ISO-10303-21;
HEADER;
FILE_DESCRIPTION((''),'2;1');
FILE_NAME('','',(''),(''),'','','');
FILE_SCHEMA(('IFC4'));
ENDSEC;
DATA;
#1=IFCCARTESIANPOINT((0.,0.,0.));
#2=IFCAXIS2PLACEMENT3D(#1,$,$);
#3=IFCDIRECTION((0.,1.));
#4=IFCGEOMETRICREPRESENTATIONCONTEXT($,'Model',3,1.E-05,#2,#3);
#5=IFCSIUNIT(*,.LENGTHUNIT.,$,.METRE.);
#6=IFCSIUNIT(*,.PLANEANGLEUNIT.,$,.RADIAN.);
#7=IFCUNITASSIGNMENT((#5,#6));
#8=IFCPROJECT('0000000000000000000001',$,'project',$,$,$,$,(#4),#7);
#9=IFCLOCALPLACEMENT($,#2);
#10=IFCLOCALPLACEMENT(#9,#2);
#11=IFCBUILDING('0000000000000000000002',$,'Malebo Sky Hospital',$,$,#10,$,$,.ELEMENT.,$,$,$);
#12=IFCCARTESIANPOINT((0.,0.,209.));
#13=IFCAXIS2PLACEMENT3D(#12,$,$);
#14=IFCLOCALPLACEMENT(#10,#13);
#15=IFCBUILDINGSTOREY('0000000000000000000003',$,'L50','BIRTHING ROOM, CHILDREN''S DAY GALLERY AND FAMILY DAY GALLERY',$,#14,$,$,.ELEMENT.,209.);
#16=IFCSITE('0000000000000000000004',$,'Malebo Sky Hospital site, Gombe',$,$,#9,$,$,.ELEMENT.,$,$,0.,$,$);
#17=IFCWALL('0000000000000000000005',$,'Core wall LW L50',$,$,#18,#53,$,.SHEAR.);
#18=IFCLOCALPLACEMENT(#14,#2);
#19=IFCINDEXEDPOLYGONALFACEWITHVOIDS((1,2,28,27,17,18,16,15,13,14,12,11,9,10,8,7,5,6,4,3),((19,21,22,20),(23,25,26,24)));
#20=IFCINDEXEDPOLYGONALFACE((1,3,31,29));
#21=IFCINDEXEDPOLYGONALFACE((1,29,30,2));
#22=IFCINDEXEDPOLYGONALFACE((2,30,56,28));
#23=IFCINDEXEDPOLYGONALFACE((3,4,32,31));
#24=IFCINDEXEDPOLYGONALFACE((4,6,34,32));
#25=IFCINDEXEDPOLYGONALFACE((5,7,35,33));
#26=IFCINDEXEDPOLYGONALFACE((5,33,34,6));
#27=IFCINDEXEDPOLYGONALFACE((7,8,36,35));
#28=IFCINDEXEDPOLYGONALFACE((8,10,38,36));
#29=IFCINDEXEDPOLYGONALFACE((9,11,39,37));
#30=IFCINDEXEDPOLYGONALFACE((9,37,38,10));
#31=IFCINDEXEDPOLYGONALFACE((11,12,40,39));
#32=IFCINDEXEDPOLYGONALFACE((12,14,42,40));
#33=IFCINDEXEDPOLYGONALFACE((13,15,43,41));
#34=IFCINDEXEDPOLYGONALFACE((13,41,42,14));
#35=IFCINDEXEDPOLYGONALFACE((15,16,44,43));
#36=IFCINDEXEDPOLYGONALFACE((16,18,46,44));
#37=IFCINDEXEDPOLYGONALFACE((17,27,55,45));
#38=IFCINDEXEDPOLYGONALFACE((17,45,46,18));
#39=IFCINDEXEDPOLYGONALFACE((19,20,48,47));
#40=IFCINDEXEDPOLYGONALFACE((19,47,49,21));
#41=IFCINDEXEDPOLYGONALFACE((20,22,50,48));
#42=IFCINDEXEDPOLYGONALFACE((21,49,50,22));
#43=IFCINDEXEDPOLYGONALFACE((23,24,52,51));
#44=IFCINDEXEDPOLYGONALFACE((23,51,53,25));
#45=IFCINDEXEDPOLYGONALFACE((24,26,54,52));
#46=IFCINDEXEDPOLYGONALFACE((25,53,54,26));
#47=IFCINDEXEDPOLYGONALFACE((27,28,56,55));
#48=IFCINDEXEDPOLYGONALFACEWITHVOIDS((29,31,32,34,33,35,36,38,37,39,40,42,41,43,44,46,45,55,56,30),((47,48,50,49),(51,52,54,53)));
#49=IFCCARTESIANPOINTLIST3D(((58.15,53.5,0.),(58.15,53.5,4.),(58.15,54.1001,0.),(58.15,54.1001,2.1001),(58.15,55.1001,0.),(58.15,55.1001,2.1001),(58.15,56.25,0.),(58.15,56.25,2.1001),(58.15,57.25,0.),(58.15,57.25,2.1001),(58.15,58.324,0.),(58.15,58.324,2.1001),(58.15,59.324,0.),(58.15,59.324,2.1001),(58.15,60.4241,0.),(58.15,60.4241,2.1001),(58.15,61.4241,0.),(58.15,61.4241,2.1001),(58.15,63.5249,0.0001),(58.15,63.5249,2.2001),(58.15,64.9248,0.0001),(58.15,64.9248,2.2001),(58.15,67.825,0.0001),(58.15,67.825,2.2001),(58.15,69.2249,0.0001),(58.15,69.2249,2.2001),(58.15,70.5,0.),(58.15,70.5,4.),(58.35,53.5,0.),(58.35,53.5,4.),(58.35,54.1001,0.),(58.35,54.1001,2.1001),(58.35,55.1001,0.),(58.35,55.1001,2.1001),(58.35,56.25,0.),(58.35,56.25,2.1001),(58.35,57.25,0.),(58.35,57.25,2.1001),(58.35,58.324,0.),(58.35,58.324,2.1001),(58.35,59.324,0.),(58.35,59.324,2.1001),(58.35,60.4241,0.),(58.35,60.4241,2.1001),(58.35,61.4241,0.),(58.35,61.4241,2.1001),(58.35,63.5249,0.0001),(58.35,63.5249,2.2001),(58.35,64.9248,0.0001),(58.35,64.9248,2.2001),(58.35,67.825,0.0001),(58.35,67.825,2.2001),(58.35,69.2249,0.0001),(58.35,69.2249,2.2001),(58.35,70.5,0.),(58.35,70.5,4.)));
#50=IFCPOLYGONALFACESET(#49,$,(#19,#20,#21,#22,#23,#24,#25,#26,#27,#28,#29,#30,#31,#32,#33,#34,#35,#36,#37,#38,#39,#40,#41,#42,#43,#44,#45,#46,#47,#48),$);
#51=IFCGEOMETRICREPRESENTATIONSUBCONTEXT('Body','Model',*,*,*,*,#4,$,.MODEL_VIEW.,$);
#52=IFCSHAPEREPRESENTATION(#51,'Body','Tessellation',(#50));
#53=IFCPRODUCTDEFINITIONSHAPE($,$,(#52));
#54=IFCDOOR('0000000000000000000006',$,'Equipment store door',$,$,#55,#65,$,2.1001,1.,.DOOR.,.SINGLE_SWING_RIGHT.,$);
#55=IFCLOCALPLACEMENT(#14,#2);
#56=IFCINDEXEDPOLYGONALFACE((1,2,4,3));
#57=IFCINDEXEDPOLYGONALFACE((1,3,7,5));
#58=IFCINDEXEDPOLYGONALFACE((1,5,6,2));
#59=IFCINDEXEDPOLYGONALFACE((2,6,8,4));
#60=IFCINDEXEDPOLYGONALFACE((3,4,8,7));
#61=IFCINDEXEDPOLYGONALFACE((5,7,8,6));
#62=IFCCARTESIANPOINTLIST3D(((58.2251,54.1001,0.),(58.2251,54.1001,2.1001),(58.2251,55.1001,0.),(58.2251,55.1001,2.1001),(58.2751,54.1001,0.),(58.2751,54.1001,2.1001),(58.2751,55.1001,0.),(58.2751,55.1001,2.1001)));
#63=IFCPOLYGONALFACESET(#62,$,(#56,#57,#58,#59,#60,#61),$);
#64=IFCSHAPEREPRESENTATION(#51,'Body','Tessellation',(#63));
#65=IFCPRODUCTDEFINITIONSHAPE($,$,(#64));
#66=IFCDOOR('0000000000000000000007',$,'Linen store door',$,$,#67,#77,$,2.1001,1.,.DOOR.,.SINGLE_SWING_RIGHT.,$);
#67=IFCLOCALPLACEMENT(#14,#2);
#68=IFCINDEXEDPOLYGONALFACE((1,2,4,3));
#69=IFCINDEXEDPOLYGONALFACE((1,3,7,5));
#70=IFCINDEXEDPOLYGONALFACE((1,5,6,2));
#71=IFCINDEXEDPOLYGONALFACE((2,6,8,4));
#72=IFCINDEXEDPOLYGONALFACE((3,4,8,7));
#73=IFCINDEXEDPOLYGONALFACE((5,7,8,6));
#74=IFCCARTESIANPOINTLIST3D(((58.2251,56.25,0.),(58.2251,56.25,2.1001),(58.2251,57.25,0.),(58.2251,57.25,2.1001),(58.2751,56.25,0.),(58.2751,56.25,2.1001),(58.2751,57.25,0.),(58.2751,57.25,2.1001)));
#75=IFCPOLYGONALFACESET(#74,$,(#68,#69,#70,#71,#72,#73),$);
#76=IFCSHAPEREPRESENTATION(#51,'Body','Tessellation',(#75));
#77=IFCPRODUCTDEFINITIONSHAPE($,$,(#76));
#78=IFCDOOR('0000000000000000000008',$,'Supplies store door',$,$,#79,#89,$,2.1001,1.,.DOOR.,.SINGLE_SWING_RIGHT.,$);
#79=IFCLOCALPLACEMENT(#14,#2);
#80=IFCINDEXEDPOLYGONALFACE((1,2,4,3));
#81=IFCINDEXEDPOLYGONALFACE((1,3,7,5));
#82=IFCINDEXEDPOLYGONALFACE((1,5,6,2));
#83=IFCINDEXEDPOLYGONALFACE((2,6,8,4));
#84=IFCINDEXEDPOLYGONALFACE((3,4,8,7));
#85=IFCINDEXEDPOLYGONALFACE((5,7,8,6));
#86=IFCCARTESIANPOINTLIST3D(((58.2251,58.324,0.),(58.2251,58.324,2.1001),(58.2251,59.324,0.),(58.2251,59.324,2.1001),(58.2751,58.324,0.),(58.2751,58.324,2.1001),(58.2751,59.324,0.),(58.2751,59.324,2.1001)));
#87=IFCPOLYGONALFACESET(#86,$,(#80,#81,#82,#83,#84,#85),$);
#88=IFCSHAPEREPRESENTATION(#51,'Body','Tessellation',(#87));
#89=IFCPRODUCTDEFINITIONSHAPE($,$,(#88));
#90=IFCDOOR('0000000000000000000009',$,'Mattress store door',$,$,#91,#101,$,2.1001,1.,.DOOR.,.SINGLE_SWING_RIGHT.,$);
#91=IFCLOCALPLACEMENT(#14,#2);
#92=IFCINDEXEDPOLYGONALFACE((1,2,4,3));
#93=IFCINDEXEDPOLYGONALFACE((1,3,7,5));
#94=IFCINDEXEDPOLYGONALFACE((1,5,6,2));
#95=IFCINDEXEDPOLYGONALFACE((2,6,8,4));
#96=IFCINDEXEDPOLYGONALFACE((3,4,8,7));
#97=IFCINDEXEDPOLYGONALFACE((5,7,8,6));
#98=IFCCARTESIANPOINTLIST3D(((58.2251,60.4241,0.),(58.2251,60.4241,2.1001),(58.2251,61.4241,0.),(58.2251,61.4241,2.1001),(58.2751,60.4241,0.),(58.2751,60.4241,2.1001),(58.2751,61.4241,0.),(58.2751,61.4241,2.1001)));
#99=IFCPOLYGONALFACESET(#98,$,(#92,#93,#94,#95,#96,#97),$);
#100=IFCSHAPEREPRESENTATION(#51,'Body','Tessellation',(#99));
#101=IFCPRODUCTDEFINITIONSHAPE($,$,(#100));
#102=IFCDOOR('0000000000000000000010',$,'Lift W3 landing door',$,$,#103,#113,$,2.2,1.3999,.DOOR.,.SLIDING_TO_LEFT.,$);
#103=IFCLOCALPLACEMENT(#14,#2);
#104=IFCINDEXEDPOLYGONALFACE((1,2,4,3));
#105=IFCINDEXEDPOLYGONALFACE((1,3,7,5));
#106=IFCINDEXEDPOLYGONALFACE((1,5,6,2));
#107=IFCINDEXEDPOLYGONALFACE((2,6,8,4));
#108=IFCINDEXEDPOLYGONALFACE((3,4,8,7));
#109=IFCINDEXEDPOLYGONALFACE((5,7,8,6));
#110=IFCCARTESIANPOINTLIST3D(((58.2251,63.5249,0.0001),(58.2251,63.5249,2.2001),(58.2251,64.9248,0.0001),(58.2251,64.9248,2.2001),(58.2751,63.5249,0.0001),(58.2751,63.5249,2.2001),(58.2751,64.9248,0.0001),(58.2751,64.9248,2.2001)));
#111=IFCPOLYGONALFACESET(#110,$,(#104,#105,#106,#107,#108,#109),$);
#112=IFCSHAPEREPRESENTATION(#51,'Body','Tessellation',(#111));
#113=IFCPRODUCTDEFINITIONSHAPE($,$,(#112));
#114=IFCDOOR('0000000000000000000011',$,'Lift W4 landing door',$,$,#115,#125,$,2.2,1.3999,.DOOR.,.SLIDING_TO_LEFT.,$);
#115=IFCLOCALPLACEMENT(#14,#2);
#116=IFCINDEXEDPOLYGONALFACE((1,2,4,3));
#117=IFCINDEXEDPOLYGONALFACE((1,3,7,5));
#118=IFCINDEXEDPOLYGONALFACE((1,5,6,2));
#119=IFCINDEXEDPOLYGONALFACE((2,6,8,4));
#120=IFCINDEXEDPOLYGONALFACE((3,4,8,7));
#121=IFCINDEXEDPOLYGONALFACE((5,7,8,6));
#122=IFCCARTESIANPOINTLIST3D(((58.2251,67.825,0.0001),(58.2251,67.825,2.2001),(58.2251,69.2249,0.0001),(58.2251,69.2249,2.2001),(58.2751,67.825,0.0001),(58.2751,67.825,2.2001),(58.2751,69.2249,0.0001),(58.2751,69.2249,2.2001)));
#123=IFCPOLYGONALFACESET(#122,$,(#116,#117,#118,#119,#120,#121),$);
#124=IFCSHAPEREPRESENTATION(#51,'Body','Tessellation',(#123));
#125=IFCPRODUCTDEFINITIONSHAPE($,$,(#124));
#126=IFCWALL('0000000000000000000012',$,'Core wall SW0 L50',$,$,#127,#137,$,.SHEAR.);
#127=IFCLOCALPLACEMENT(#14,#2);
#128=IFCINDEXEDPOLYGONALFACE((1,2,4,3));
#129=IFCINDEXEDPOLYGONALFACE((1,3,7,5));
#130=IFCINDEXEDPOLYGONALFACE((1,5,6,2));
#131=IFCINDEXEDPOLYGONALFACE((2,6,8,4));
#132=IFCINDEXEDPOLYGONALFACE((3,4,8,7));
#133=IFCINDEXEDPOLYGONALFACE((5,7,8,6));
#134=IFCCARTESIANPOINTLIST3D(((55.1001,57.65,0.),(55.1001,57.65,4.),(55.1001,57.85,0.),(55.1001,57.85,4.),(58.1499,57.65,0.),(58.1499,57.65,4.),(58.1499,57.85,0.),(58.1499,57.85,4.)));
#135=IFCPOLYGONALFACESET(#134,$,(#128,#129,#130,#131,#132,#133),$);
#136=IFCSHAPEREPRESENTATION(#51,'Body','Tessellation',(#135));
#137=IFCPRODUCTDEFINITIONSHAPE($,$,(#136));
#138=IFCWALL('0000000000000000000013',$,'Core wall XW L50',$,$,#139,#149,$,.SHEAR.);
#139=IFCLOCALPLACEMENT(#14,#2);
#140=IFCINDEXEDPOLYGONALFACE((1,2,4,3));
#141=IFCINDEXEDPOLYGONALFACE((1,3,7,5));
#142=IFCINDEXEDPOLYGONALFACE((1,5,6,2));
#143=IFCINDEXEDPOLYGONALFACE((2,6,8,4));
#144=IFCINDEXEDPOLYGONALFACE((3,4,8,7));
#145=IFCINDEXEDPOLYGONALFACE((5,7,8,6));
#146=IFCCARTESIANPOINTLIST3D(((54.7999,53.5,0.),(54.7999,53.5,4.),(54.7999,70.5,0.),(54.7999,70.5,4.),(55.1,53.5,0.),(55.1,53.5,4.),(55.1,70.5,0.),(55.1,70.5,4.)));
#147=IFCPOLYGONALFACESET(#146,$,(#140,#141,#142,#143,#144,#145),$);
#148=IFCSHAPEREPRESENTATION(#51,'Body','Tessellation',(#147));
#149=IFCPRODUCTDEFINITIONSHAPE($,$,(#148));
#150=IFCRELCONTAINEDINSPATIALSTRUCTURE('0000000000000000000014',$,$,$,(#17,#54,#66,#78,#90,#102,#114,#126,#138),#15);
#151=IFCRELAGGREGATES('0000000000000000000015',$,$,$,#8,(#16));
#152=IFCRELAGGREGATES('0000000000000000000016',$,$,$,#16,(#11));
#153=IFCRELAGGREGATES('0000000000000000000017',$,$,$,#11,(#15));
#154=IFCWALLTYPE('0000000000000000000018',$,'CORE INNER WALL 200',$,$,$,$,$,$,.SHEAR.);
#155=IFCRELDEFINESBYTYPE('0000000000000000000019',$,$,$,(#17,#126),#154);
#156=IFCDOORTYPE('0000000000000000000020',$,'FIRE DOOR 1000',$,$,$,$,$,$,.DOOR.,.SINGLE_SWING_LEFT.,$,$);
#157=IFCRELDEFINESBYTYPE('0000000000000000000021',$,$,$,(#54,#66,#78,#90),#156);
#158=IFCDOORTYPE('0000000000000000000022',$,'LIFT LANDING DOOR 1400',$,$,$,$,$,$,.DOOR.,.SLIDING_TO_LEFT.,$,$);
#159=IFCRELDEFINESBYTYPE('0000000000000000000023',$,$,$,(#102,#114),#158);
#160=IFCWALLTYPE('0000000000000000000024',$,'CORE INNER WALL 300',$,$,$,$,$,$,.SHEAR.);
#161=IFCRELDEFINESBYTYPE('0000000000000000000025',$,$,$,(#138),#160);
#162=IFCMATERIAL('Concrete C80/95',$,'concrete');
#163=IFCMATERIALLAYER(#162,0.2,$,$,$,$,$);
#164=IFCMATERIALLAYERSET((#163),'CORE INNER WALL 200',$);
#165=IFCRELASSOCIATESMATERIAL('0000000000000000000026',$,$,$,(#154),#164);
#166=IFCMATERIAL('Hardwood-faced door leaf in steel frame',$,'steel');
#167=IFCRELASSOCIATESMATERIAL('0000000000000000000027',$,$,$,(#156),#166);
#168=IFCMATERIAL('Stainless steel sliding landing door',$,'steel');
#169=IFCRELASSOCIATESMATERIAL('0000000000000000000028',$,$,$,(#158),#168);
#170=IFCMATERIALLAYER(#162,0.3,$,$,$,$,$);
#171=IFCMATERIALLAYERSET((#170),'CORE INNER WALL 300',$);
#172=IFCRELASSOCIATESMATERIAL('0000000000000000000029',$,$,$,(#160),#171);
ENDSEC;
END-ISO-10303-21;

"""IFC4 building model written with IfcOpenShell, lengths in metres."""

from ifc_helpers import new_model, si_unit, direction, frame, frame_2d, origin, place, context, subcontext, project, spatial, rectangle, extrude, material, layer, layer_set, type_object, element, fill, save


model = new_model("IFC4")

# Units and contexts
model_context = context("Model", 3, precision=1e-05, world=origin(), true_north=direction((0.0, 1.0)))
body_context = subcontext(model_context, "Body", "Model", "MODEL_VIEW")
ifc_project = project(units=[si_unit("LENGTHUNIT", "METRE"), si_unit("PLANEANGLEUNIT", "RADIAN")], contexts=[model_context])

# Site, building, storey
site_placement = place(None, origin())
site = spatial("IfcSite", under=ifc_project, at=site_placement, Name="Malebo Sky Hospital site, Gombe", CompositionType="ELEMENT", RefElevation=0.0)
building_placement = place(site_placement, origin())
building = spatial("IfcBuilding", under=site, at=building_placement, Name="Malebo Sky Hospital", CompositionType="ELEMENT")
storey_placement = place(building_placement, frame((0.0, 0.0, 209.0)))
storey = spatial("IfcBuildingStorey", under=building, at=storey_placement, Name="L50", Description="BIRTHING ROOM, CHILDREN'S DAY GALLERY AND FAMILY DAY GALLERY", CompositionType="ELEMENT", Elevation=209.0)

# Wall, openings, doors
ifc_material_1 = material(Name="Concrete C80/95", Category="concrete")
ifc_layer_1 = layer(ifc_material_1, 0.2)
ifc_layer_set_1 = layer_set([ifc_layer_1], Name="CORE INNER WALL 200")
wall_type_1 = type_object("IfcWallType", Name="CORE INNER WALL 200", PredefinedType="SHEAR", material=ifc_layer_set_1)
wall_1_placement = place(storey_placement, frame((58.25, 53.5, 0.0), z_axis=(0.0, 0.0, 1.0), x_axis=(0.0, 1.0, 0.0)))
wall_1 = element("IfcWall", 1, at=wall_1_placement, inside=storey, type_object=wall_type_1, Name="Core wall LW L50", PredefinedType="SHEAR", context=body_context, shape_type="SweptSolid", body=[
    extrude(rectangle(XDim=17.0, YDim=0.2, at=frame_2d((8.5, 0.0))), origin(), (0.0, 0.0, 1.0), 4.0),
])
opening_1_placement = place(wall_1_placement, frame((0.6001, 0.0, 0.0)))
opening_1 = element("IfcOpeningElement", 2, at=opening_1_placement, cuts=wall_1, PredefinedType="OPENING", context=body_context, shape_type="SweptSolid", body=[
    extrude(rectangle(XDim=1.0, YDim=2.1001, at=frame_2d((0.5, 1.05))), frame((0.0, 0.1099, 0.0), z_axis=(0.0, -1.0, 0.0), x_axis=(1.0, 0.0, 0.0)), (0.0, 0.0, 1.0), 0.22),
])
opening_2_placement = place(wall_1_placement, frame((2.75, 0.0, 0.0)))
opening_2 = element("IfcOpeningElement", 3, at=opening_2_placement, cuts=wall_1, PredefinedType="OPENING", context=body_context, shape_type="SweptSolid", body=[
    extrude(rectangle(XDim=1.0, YDim=2.1001, at=frame_2d((0.5, 1.05))), frame((0.0, 0.1099, 0.0), z_axis=(0.0, -1.0, 0.0), x_axis=(1.0, 0.0, 0.0)), (0.0, 0.0, 1.0), 0.22),
])
opening_3_placement = place(wall_1_placement, frame((4.824, 0.0, 0.0)))
opening_3 = element("IfcOpeningElement", 4, at=opening_3_placement, cuts=wall_1, PredefinedType="OPENING", context=body_context, shape_type="SweptSolid", body=[
    extrude(rectangle(XDim=1.0, YDim=2.1001, at=frame_2d((0.5, 1.05))), frame((0.0, 0.1099, 0.0), z_axis=(0.0, -1.0, 0.0), x_axis=(1.0, 0.0, 0.0)), (0.0, 0.0, 1.0), 0.22),
])
opening_4_placement = place(wall_1_placement, frame((6.9241, 0.0, 0.0)))
opening_4 = element("IfcOpeningElement", 5, at=opening_4_placement, cuts=wall_1, PredefinedType="OPENING", context=body_context, shape_type="SweptSolid", body=[
    extrude(rectangle(XDim=1.0, YDim=2.1001, at=frame_2d((0.5, 1.05))), frame((0.0, 0.1099, 0.0), z_axis=(0.0, -1.0, 0.0), x_axis=(1.0, 0.0, 0.0)), (0.0, 0.0, 1.0), 0.22),
])
opening_5_placement = place(wall_1_placement, frame((10.0249, 0.0, 0.0)))
opening_5 = element("IfcOpeningElement", 6, at=opening_5_placement, cuts=wall_1, PredefinedType="OPENING", context=body_context, shape_type="SweptSolid", body=[
    extrude(rectangle(XDim=1.3999, YDim=2.2, at=frame_2d((0.7, 1.1001))), frame((0.0, 0.1099, 0.0), z_axis=(0.0, -1.0, 0.0), x_axis=(1.0, 0.0, 0.0)), (0.0, 0.0, 1.0), 0.22),
])
opening_6_placement = place(wall_1_placement, frame((14.325, 0.0, 0.0)))
opening_6 = element("IfcOpeningElement", 7, at=opening_6_placement, cuts=wall_1, PredefinedType="OPENING", context=body_context, shape_type="SweptSolid", body=[
    extrude(rectangle(XDim=1.3999, YDim=2.2, at=frame_2d((0.7, 1.1001))), frame((0.0, 0.1099, 0.0), z_axis=(0.0, -1.0, 0.0), x_axis=(1.0, 0.0, 0.0)), (0.0, 0.0, 1.0), 0.22),
])
ifc_material_2 = material(Name="Hardwood-faced door leaf in steel frame", Category="steel")
door_type_1 = type_object("IfcDoorType", Name="FIRE DOOR 1000", OperationType="SINGLE_SWING_LEFT", PredefinedType="DOOR", material=ifc_material_2)
door_1_placement = place(opening_1_placement, origin())
door_1 = element("IfcDoor", 8, at=door_1_placement, inside=storey, type_object=door_type_1, Name="Equipment store door", OperationType="SINGLE_SWING_RIGHT", OverallHeight=2.1001, OverallWidth=1.0, PredefinedType="DOOR", context=body_context, shape_type="SweptSolid", body=[
    extrude(rectangle(XDim=1.0, YDim=2.1001, at=frame_2d((0.5, 1.05))), frame((0.0, 0.0249, 0.0), z_axis=(0.0, -1.0, 0.0), x_axis=(1.0, 0.0, 0.0)), (0.0, 0.0, 1.0), 0.05),
])
fill(opening_1, door_1)
door_2_placement = place(opening_2_placement, origin())
door_2 = element("IfcDoor", 9, at=door_2_placement, inside=storey, type_object=door_type_1, Name="Linen store door", OperationType="SINGLE_SWING_RIGHT", OverallHeight=2.1001, OverallWidth=1.0, PredefinedType="DOOR", context=body_context, shape_type="SweptSolid", body=[
    extrude(rectangle(XDim=1.0, YDim=2.1001, at=frame_2d((0.5, 1.05))), frame((0.0, 0.0249, 0.0), z_axis=(0.0, -1.0, 0.0), x_axis=(1.0, 0.0, 0.0)), (0.0, 0.0, 1.0), 0.05),
])
fill(opening_2, door_2)
door_3_placement = place(opening_3_placement, origin())
door_3 = element("IfcDoor", 10, at=door_3_placement, inside=storey, type_object=door_type_1, Name="Supplies store door", OperationType="SINGLE_SWING_RIGHT", OverallHeight=2.1001, OverallWidth=1.0, PredefinedType="DOOR", context=body_context, shape_type="SweptSolid", body=[
    extrude(rectangle(XDim=1.0, YDim=2.1001, at=frame_2d((0.5, 1.05))), frame((0.0, 0.0249, 0.0), z_axis=(0.0, -1.0, 0.0), x_axis=(1.0, 0.0, 0.0)), (0.0, 0.0, 1.0), 0.05),
])
fill(opening_3, door_3)
door_4_placement = place(opening_4_placement, origin())
door_4 = element("IfcDoor", 11, at=door_4_placement, inside=storey, type_object=door_type_1, Name="Mattress store door", OperationType="SINGLE_SWING_RIGHT", OverallHeight=2.1001, OverallWidth=1.0, PredefinedType="DOOR", context=body_context, shape_type="SweptSolid", body=[
    extrude(rectangle(XDim=1.0, YDim=2.1001, at=frame_2d((0.5, 1.05))), frame((0.0, 0.0249, 0.0), z_axis=(0.0, -1.0, 0.0), x_axis=(1.0, 0.0, 0.0)), (0.0, 0.0, 1.0), 0.05),
])
fill(opening_4, door_4)
ifc_material_3 = material(Name="Stainless steel sliding landing door", Category="steel")
door_type_2 = type_object("IfcDoorType", Name="LIFT LANDING DOOR 1400", OperationType="SLIDING_TO_LEFT", PredefinedType="DOOR", material=ifc_material_3)
door_5_placement = place(opening_5_placement, origin())
door_5 = element("IfcDoor", 12, at=door_5_placement, inside=storey, type_object=door_type_2, Name="Lift W3 landing door", OperationType="SLIDING_TO_LEFT", OverallHeight=2.2, OverallWidth=1.3999, PredefinedType="DOOR", context=body_context, shape_type="SweptSolid", body=[
    extrude(rectangle(XDim=1.3999, YDim=2.2, at=frame_2d((0.7, 1.1001))), frame((0.0, 0.0249, 0.0), z_axis=(0.0, -1.0, 0.0), x_axis=(1.0, 0.0, 0.0)), (0.0, 0.0, 1.0), 0.05),
])
fill(opening_5, door_5)
door_6_placement = place(opening_6_placement, origin())
door_6 = element("IfcDoor", 13, at=door_6_placement, inside=storey, type_object=door_type_2, Name="Lift W4 landing door", OperationType="SLIDING_TO_LEFT", OverallHeight=2.2, OverallWidth=1.3999, PredefinedType="DOOR", context=body_context, shape_type="SweptSolid", body=[
    extrude(rectangle(XDim=1.3999, YDim=2.2, at=frame_2d((0.7, 1.1001))), frame((0.0, 0.0249, 0.0), z_axis=(0.0, -1.0, 0.0), x_axis=(1.0, 0.0, 0.0)), (0.0, 0.0, 1.0), 0.05),
])
fill(opening_6, door_6)

# Walls
wall_2_placement = place(storey_placement, frame((55.1001, 57.75, 0.0), z_axis=(0.0, 0.0, 1.0), x_axis=(1.0, 0.0, 0.0)))
element("IfcWall", 14, at=wall_2_placement, inside=storey, type_object=wall_type_1, Name="Core wall SW0 L50", PredefinedType="SHEAR", context=body_context, shape_type="SweptSolid", body=[
    extrude(rectangle(XDim=3.0498, YDim=0.2, at=frame_2d((1.5249, 0.0))), origin(), (0.0, 0.0, 1.0), 4.0),
])
ifc_layer_2 = layer(ifc_material_1, 0.3)
ifc_layer_set_2 = layer_set([ifc_layer_2], Name="CORE INNER WALL 300")
wall_type_2 = type_object("IfcWallType", Name="CORE INNER WALL 300", PredefinedType="SHEAR", material=ifc_layer_set_2)
wall_3_placement = place(storey_placement, frame((54.95, 53.5, 0.0), z_axis=(0.0, 0.0, 1.0), x_axis=(0.0, 1.0, 0.0)))
element("IfcWall", 15, at=wall_3_placement, inside=storey, type_object=wall_type_2, Name="Core wall XW L50", PredefinedType="SHEAR", context=body_context, shape_type="SweptSolid", body=[
    extrude(rectangle(XDim=17.0, YDim=0.3, at=frame_2d((8.5, 0.0))), origin(), (0.0, 0.0, 1.0), 4.0),
])

save(model, "model.ifc")
